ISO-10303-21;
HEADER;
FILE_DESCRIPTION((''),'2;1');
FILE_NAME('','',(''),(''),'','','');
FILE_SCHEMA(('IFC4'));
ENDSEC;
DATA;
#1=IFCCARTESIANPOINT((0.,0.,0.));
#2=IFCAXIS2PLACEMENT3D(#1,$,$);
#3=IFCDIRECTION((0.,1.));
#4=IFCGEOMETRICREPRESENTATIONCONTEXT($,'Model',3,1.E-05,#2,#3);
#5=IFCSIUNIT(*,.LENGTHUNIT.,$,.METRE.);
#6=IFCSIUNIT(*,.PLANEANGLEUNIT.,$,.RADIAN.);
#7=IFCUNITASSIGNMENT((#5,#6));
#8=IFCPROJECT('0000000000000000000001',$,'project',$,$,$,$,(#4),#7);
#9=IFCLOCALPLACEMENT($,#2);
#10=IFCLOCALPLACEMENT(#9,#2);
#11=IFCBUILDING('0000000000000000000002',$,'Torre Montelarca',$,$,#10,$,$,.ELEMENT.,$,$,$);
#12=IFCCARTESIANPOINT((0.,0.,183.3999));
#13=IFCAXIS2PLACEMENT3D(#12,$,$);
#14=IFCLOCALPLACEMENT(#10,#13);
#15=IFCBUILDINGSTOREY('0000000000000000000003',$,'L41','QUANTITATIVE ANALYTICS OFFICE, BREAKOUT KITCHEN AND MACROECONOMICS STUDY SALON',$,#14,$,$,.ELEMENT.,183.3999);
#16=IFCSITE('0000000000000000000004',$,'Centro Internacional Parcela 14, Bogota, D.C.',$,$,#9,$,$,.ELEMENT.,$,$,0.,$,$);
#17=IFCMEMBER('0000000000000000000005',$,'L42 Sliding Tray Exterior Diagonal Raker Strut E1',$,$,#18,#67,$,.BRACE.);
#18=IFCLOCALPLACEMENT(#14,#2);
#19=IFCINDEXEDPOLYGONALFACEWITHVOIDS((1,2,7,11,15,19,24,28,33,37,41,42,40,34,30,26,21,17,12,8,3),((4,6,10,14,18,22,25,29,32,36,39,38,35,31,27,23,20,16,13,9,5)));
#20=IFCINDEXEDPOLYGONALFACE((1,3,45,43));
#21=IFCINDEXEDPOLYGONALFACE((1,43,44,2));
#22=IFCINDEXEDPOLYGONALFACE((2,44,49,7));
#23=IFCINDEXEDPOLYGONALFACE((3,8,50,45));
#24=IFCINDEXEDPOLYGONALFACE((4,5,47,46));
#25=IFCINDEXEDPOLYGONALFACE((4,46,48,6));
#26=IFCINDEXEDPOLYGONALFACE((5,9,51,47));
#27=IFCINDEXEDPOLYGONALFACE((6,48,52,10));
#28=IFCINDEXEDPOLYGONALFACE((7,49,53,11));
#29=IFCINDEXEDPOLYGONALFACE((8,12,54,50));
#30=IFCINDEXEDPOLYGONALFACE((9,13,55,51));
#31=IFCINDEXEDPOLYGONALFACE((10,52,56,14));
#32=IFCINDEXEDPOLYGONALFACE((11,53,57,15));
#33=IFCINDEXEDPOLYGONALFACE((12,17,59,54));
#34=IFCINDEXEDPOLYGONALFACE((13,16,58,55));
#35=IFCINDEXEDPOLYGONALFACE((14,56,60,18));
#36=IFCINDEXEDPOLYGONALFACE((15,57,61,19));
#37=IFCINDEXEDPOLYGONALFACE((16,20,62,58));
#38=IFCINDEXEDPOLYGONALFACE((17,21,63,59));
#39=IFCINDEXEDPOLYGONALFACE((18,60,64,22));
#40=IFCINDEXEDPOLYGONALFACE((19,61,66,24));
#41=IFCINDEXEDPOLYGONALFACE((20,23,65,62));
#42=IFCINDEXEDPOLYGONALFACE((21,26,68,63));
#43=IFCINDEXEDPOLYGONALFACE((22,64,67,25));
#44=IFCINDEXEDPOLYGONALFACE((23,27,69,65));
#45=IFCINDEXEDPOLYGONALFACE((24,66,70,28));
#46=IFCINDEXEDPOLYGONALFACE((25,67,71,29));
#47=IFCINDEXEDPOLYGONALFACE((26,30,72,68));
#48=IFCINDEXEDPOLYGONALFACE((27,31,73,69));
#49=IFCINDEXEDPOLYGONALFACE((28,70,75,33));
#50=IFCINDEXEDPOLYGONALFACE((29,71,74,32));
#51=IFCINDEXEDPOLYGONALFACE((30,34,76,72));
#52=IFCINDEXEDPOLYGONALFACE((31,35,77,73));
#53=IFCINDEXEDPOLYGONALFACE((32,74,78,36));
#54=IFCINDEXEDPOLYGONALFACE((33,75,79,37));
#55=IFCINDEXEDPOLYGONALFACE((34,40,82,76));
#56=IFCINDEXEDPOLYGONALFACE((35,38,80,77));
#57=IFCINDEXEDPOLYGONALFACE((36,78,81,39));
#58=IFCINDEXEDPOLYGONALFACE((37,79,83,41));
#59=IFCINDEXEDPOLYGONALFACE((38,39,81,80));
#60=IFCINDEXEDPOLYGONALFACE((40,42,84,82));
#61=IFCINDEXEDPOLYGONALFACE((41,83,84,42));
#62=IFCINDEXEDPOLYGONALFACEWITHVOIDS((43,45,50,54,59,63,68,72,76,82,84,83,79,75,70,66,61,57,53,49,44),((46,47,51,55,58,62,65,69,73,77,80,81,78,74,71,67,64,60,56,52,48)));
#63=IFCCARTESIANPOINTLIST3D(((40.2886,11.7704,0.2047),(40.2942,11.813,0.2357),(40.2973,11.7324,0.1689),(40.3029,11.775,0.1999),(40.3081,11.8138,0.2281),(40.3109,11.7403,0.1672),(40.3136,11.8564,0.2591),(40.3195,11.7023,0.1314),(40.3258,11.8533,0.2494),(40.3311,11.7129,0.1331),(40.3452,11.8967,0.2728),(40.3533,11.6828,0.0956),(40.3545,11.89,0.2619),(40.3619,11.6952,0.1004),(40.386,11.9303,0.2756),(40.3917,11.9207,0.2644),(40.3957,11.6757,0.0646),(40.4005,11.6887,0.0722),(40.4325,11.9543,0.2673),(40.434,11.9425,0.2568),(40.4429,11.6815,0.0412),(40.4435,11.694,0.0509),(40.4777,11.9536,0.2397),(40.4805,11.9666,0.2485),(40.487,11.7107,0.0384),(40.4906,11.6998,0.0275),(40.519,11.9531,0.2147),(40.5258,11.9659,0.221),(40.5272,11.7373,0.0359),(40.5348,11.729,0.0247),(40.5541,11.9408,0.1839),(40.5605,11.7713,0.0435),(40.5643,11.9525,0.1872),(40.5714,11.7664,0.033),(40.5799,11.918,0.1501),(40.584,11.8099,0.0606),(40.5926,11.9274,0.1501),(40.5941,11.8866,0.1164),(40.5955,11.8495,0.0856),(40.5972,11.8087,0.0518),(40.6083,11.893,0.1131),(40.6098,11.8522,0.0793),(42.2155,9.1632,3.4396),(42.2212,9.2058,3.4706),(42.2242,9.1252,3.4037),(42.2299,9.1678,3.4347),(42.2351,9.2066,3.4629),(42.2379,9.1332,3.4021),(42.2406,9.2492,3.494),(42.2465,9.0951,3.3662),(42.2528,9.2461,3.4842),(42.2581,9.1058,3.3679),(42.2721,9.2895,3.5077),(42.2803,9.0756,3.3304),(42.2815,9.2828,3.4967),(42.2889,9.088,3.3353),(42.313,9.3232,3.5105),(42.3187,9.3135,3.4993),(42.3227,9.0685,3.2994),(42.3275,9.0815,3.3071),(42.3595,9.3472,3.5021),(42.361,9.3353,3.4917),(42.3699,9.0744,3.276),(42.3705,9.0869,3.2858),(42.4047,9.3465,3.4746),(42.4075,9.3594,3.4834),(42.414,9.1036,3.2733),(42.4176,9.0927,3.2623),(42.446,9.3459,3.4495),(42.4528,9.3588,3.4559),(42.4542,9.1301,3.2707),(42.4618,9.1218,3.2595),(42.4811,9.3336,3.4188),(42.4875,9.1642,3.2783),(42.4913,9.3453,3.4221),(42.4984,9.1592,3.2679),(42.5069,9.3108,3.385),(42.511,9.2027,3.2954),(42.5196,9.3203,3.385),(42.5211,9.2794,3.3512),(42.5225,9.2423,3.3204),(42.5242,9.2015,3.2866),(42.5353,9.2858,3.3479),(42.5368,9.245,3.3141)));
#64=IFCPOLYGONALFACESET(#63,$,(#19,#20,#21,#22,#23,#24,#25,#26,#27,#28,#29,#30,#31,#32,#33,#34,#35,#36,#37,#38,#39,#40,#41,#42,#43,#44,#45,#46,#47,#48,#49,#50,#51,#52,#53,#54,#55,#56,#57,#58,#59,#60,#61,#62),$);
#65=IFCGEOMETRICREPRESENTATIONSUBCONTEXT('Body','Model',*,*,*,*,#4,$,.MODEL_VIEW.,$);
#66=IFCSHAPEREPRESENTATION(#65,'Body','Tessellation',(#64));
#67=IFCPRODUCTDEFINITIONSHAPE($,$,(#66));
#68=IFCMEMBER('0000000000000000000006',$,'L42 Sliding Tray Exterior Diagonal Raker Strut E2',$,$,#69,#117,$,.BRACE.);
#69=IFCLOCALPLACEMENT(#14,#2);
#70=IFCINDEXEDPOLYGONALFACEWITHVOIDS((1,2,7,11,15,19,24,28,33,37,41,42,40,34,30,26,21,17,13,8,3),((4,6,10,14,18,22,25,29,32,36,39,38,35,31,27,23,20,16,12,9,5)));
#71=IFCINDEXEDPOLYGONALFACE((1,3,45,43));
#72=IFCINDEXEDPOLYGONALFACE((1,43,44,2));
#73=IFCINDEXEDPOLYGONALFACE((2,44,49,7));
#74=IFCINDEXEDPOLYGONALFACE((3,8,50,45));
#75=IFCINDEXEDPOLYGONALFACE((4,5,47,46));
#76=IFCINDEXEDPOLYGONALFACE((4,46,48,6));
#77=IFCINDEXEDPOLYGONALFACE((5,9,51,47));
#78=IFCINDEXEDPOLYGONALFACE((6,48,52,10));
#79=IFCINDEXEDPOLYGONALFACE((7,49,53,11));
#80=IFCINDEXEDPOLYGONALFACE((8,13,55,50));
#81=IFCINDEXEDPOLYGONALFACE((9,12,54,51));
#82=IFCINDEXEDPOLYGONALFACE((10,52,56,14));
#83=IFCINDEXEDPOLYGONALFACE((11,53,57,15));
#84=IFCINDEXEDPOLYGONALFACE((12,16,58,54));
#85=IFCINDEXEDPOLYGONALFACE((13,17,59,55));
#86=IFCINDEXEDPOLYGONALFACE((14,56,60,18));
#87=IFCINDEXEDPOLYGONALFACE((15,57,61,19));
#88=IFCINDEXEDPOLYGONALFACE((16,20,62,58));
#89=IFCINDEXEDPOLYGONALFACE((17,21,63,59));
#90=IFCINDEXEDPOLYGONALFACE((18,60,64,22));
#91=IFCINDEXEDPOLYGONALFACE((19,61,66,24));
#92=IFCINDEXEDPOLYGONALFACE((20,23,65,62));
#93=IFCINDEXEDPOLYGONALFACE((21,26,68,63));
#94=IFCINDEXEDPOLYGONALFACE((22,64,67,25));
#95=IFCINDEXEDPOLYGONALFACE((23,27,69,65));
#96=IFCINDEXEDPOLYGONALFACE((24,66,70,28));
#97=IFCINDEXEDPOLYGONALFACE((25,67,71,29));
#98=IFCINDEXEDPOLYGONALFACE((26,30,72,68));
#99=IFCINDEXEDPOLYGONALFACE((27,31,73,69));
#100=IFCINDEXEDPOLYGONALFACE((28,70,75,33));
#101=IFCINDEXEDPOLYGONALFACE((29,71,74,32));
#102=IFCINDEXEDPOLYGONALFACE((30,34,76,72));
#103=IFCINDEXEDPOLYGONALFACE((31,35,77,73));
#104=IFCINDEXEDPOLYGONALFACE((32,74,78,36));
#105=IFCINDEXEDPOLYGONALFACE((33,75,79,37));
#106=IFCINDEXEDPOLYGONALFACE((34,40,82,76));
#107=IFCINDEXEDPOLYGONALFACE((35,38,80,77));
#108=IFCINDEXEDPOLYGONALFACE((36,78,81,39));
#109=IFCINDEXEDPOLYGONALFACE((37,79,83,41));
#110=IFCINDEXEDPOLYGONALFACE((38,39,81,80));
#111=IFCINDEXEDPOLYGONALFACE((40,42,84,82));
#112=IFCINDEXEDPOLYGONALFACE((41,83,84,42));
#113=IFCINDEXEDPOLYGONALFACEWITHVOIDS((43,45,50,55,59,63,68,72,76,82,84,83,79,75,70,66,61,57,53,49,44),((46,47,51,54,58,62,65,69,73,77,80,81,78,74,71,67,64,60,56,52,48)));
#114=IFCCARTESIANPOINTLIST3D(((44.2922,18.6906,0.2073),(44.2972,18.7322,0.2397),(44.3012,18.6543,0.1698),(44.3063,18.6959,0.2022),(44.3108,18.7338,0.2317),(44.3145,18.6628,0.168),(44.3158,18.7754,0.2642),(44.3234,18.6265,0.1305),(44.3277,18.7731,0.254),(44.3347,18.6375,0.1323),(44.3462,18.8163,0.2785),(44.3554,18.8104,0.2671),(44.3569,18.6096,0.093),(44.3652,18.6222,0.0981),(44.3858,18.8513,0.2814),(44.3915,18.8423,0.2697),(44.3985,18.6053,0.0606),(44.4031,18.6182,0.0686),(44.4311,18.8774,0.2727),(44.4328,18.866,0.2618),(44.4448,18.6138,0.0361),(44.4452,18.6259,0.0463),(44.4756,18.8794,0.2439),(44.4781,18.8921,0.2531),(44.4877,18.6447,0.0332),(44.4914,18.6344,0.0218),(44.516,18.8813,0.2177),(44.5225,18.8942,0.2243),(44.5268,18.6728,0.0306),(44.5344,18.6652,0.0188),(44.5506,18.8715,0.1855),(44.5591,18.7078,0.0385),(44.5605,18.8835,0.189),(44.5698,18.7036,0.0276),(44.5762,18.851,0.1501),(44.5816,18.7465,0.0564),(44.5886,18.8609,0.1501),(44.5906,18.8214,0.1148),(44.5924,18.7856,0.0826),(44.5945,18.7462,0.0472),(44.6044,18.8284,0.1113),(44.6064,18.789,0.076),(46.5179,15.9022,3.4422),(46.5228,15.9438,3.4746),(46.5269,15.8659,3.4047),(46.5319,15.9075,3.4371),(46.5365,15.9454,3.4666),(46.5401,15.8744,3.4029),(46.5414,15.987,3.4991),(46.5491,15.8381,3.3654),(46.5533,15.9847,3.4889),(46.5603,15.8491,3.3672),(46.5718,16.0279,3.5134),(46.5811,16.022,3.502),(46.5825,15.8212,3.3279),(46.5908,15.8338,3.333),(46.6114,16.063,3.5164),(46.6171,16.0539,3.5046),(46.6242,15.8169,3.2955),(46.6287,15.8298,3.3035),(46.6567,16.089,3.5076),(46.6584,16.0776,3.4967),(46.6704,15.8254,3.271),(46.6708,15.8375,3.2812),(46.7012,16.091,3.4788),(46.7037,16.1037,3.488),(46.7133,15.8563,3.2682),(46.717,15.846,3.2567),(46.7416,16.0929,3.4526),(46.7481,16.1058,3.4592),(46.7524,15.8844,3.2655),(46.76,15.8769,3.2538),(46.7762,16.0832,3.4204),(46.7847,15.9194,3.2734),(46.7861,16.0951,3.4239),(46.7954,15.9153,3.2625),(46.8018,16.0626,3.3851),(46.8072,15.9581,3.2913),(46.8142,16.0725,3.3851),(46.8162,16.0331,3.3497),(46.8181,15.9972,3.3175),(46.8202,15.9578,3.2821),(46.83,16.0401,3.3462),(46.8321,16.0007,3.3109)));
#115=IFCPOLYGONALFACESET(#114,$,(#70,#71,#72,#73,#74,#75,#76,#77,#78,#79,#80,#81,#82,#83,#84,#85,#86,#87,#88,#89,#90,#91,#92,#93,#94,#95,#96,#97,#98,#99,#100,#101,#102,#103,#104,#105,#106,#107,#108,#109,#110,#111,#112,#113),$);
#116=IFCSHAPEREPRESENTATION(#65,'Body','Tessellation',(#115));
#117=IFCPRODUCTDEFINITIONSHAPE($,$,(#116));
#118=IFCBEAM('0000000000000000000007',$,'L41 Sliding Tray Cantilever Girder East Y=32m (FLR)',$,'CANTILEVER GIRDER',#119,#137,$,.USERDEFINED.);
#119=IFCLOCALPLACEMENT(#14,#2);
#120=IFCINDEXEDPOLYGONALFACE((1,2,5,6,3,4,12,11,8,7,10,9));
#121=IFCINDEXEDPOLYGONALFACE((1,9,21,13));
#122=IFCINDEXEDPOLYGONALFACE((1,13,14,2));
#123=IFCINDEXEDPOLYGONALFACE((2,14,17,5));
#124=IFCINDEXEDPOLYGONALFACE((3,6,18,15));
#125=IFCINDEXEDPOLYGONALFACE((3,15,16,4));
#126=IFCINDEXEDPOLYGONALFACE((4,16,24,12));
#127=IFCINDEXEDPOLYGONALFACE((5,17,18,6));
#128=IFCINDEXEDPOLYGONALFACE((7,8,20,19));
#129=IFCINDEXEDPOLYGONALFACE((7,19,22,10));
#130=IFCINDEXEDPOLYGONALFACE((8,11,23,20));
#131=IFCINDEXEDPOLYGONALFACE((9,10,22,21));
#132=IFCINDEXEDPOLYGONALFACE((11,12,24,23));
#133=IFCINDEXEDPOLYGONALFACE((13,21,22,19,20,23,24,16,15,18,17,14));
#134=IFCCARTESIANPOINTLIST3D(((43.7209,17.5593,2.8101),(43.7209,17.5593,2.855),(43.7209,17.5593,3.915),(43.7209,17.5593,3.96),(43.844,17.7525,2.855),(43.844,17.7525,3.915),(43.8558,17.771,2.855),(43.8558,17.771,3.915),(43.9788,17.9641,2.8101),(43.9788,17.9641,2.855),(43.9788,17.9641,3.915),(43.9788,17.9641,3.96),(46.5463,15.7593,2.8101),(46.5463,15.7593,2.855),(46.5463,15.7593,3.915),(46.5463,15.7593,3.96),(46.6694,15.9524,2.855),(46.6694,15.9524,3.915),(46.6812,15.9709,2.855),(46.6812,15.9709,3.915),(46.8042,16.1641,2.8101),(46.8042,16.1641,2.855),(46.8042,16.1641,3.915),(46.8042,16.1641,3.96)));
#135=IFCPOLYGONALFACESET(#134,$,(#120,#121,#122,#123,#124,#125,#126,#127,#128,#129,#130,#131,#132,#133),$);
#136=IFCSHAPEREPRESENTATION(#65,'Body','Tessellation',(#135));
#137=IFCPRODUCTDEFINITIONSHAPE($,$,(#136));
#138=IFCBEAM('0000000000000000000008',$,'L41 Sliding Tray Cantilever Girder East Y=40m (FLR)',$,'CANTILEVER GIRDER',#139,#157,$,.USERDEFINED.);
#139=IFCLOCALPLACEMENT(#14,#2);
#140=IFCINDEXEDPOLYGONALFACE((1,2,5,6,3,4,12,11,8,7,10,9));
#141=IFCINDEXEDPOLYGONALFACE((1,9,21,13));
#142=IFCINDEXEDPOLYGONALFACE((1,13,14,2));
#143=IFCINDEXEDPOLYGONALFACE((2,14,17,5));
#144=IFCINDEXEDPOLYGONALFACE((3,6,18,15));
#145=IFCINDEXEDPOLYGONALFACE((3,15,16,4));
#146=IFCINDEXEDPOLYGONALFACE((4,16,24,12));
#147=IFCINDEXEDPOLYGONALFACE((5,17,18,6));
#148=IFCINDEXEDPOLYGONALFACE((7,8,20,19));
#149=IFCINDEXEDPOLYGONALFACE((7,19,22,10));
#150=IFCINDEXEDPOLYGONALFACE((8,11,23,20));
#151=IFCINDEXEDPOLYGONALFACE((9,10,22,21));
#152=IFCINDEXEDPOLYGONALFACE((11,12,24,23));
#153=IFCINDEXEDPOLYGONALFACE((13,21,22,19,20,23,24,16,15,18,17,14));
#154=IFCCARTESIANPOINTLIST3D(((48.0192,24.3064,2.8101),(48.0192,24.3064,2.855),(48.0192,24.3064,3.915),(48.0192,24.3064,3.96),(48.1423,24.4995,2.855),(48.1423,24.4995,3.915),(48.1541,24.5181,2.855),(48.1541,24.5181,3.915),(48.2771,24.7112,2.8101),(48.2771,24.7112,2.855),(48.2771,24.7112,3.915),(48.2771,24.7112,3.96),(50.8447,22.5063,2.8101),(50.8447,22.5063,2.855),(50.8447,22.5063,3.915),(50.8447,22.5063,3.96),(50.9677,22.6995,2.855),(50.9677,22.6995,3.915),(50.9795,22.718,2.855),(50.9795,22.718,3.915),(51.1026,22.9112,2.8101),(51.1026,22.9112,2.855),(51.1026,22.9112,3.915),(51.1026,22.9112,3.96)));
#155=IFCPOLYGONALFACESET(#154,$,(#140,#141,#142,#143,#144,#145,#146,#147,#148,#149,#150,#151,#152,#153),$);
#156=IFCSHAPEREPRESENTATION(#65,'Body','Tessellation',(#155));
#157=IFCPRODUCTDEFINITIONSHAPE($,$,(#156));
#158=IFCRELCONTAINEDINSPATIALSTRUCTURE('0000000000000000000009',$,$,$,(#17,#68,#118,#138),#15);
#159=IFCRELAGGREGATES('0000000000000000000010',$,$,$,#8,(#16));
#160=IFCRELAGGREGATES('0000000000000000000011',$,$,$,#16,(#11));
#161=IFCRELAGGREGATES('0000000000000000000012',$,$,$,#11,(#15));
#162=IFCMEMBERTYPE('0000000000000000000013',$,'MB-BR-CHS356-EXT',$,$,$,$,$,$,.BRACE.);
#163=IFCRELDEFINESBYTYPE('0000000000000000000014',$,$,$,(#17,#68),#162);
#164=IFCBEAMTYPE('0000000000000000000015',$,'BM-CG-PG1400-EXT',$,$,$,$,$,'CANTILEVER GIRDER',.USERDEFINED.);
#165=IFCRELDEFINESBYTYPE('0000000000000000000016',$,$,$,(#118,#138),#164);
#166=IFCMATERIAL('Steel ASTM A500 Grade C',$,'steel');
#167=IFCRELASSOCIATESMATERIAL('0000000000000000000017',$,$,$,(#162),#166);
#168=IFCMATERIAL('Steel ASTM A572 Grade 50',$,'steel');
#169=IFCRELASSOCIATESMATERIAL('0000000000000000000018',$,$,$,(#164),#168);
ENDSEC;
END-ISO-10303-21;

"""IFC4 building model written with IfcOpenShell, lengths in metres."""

from ifc_helpers import new_model, si_unit, direction, frame, origin, origin_2d, place, context, subcontext, project, spatial, hollow_circle, i_section, extrude, source, transform, mapped, material, material_profile, profile_set, type_object, element, save


model = new_model("IFC4")

# Units and contexts
model_context = context("Model", 3, precision=1e-05, world=origin(), true_north=direction((0.0, 1.0)))
body_context = subcontext(model_context, "Body", "Model", "MODEL_VIEW")
ifc_project = project(units=[si_unit("LENGTHUNIT", "METRE"), si_unit("PLANEANGLEUNIT", "RADIAN")], contexts=[model_context])

# Site, building, storey
site_placement = place(None, origin())
site = spatial("IfcSite", under=ifc_project, at=site_placement, Name="Centro Internacional Parcela 14, Bogota, D.C.", CompositionType="ELEMENT", RefElevation=0.0)
building_placement = place(site_placement, origin())
building = spatial("IfcBuilding", under=site, at=building_placement, Name="Torre Montelarca", CompositionType="ELEMENT")
storey_placement = place(building_placement, frame((0.0, 0.0, 183.3999)))
storey = spatial("IfcBuildingStorey", under=building, at=storey_placement, Name="L41", Description="QUANTITATIVE ANALYTICS OFFICE, BREAKOUT KITCHEN AND MACROECONOMICS STUDY SALON", CompositionType="ELEMENT", Elevation=183.3999)

# Members
ifc_material_1 = material(Name="Steel ASTM A500 Grade C", Category="steel")
ifc_material_profile_1 = material_profile(ifc_material_1, hollow_circle(Radius=0.1777, WallThickness=0.0159, at=origin_2d()), Name="HSS355.6X15.9", Category="steel")
ifc_profile_set_1 = profile_set([ifc_material_profile_1], Name="Steel ASTM A500 Grade C")
member_type_1 = type_object("IfcMemberType", Name="MB-BR-CHS356-EXT", PredefinedType="BRACE", material=ifc_profile_set_1)
shared_shape_1 = source(origin(), body_context, "Body", "SweptSolid", [
    extrude(hollow_circle(Radius=0.1777, WallThickness=0.0159, at=origin_2d()), origin(), (0.0, 0.0, 1.0), 4.5798),
])
member_1_placement = place(storey_placement, frame((40.4497, 11.8218, 0.1501), z_axis=(0.420756, -0.569271, 0.706325), x_axis=(0.804182, 0.594383, 0.0)))
element("IfcMember", 1, at=member_1_placement, inside=storey, type_object=member_type_1, Name="L42 Sliding Tray Exterior Diagonal Raker Strut E1", PredefinedType="BRACE", context=body_context, shape_type="MappedRepresentation", body=[
    mapped(shared_shape_1, transform((0.0, 0.0, 0.0), scale=1.0)),
])
shared_shape_2 = source(origin(), body_context, "Body", "SweptSolid", [
    extrude(hollow_circle(Radius=0.1777, WallThickness=0.0159, at=origin_2d()), origin(), (0.0, 0.0, 1.0), 4.8159),
])
member_2_placement = place(storey_placement, frame((44.4497, 18.75, 0.1501), z_axis=(0.462138, -0.578991, 0.671713), x_axis=(0.781563, 0.623827, 0.0)))
element("IfcMember", 2, at=member_2_placement, inside=storey, type_object=member_type_1, Name="L42 Sliding Tray Exterior Diagonal Raker Strut E2", PredefinedType="BRACE", context=body_context, shape_type="MappedRepresentation", body=[
    mapped(shared_shape_2, transform((0.0, 0.0, 0.0), scale=1.0)),
])

# Beams
ifc_material_2 = material(Name="Steel ASTM A572 Grade 50", Category="steel")
ifc_material_profile_2 = material_profile(ifc_material_2, i_section(OverallWidth=0.48, OverallDepth=1.1499, WebThickness=0.022, FlangeThickness=0.0449, at=origin_2d()), Name="PG1150X480X22X45", Category="steel")
ifc_profile_set_2 = profile_set([ifc_material_profile_2], Name="Steel ASTM A572 Grade 50")
beam_type_1 = type_object("IfcBeamType", Name="BM-CG-PG1400-EXT", ElementType="CANTILEVER GIRDER", PredefinedType="USERDEFINED", material=ifc_profile_set_2)
shared_shape_3 = source(origin(), body_context, "Body", "SweptSolid", [
    extrude(i_section(OverallWidth=0.48, OverallDepth=1.1499, WebThickness=0.022, FlangeThickness=0.0449, at=origin_2d()), origin(), (0.0, 0.0, 1.0), 3.3501),
])
for number, where, z_axis, x_axis, name in (
    (3, (43.8499, 17.7617, 3.385), (0.843385, -0.537309, 0.0), (0.537309, 0.843385, 0.0), "L41 Sliding Tray Cantilever Girder East Y=32m (FLR)"),
    (4, (48.1482, 24.5088, 3.385), (0.843385, -0.537309, 0.0), (0.537309, 0.843385, 0.0), "L41 Sliding Tray Cantilever Girder East Y=40m (FLR)"),
):
    element("IfcBeam", number, at=place(storey_placement, frame(where, z_axis=z_axis, x_axis=x_axis)), inside=storey, type_object=beam_type_1, Name=name, ObjectType="CANTILEVER GIRDER", PredefinedType="USERDEFINED", context=body_context, shape_type="MappedRepresentation", body=[
        mapped(shared_shape_3, transform((0.0, 0.0, 0.0), scale=1.0)),
    ])

save(model, "model.ifc")
